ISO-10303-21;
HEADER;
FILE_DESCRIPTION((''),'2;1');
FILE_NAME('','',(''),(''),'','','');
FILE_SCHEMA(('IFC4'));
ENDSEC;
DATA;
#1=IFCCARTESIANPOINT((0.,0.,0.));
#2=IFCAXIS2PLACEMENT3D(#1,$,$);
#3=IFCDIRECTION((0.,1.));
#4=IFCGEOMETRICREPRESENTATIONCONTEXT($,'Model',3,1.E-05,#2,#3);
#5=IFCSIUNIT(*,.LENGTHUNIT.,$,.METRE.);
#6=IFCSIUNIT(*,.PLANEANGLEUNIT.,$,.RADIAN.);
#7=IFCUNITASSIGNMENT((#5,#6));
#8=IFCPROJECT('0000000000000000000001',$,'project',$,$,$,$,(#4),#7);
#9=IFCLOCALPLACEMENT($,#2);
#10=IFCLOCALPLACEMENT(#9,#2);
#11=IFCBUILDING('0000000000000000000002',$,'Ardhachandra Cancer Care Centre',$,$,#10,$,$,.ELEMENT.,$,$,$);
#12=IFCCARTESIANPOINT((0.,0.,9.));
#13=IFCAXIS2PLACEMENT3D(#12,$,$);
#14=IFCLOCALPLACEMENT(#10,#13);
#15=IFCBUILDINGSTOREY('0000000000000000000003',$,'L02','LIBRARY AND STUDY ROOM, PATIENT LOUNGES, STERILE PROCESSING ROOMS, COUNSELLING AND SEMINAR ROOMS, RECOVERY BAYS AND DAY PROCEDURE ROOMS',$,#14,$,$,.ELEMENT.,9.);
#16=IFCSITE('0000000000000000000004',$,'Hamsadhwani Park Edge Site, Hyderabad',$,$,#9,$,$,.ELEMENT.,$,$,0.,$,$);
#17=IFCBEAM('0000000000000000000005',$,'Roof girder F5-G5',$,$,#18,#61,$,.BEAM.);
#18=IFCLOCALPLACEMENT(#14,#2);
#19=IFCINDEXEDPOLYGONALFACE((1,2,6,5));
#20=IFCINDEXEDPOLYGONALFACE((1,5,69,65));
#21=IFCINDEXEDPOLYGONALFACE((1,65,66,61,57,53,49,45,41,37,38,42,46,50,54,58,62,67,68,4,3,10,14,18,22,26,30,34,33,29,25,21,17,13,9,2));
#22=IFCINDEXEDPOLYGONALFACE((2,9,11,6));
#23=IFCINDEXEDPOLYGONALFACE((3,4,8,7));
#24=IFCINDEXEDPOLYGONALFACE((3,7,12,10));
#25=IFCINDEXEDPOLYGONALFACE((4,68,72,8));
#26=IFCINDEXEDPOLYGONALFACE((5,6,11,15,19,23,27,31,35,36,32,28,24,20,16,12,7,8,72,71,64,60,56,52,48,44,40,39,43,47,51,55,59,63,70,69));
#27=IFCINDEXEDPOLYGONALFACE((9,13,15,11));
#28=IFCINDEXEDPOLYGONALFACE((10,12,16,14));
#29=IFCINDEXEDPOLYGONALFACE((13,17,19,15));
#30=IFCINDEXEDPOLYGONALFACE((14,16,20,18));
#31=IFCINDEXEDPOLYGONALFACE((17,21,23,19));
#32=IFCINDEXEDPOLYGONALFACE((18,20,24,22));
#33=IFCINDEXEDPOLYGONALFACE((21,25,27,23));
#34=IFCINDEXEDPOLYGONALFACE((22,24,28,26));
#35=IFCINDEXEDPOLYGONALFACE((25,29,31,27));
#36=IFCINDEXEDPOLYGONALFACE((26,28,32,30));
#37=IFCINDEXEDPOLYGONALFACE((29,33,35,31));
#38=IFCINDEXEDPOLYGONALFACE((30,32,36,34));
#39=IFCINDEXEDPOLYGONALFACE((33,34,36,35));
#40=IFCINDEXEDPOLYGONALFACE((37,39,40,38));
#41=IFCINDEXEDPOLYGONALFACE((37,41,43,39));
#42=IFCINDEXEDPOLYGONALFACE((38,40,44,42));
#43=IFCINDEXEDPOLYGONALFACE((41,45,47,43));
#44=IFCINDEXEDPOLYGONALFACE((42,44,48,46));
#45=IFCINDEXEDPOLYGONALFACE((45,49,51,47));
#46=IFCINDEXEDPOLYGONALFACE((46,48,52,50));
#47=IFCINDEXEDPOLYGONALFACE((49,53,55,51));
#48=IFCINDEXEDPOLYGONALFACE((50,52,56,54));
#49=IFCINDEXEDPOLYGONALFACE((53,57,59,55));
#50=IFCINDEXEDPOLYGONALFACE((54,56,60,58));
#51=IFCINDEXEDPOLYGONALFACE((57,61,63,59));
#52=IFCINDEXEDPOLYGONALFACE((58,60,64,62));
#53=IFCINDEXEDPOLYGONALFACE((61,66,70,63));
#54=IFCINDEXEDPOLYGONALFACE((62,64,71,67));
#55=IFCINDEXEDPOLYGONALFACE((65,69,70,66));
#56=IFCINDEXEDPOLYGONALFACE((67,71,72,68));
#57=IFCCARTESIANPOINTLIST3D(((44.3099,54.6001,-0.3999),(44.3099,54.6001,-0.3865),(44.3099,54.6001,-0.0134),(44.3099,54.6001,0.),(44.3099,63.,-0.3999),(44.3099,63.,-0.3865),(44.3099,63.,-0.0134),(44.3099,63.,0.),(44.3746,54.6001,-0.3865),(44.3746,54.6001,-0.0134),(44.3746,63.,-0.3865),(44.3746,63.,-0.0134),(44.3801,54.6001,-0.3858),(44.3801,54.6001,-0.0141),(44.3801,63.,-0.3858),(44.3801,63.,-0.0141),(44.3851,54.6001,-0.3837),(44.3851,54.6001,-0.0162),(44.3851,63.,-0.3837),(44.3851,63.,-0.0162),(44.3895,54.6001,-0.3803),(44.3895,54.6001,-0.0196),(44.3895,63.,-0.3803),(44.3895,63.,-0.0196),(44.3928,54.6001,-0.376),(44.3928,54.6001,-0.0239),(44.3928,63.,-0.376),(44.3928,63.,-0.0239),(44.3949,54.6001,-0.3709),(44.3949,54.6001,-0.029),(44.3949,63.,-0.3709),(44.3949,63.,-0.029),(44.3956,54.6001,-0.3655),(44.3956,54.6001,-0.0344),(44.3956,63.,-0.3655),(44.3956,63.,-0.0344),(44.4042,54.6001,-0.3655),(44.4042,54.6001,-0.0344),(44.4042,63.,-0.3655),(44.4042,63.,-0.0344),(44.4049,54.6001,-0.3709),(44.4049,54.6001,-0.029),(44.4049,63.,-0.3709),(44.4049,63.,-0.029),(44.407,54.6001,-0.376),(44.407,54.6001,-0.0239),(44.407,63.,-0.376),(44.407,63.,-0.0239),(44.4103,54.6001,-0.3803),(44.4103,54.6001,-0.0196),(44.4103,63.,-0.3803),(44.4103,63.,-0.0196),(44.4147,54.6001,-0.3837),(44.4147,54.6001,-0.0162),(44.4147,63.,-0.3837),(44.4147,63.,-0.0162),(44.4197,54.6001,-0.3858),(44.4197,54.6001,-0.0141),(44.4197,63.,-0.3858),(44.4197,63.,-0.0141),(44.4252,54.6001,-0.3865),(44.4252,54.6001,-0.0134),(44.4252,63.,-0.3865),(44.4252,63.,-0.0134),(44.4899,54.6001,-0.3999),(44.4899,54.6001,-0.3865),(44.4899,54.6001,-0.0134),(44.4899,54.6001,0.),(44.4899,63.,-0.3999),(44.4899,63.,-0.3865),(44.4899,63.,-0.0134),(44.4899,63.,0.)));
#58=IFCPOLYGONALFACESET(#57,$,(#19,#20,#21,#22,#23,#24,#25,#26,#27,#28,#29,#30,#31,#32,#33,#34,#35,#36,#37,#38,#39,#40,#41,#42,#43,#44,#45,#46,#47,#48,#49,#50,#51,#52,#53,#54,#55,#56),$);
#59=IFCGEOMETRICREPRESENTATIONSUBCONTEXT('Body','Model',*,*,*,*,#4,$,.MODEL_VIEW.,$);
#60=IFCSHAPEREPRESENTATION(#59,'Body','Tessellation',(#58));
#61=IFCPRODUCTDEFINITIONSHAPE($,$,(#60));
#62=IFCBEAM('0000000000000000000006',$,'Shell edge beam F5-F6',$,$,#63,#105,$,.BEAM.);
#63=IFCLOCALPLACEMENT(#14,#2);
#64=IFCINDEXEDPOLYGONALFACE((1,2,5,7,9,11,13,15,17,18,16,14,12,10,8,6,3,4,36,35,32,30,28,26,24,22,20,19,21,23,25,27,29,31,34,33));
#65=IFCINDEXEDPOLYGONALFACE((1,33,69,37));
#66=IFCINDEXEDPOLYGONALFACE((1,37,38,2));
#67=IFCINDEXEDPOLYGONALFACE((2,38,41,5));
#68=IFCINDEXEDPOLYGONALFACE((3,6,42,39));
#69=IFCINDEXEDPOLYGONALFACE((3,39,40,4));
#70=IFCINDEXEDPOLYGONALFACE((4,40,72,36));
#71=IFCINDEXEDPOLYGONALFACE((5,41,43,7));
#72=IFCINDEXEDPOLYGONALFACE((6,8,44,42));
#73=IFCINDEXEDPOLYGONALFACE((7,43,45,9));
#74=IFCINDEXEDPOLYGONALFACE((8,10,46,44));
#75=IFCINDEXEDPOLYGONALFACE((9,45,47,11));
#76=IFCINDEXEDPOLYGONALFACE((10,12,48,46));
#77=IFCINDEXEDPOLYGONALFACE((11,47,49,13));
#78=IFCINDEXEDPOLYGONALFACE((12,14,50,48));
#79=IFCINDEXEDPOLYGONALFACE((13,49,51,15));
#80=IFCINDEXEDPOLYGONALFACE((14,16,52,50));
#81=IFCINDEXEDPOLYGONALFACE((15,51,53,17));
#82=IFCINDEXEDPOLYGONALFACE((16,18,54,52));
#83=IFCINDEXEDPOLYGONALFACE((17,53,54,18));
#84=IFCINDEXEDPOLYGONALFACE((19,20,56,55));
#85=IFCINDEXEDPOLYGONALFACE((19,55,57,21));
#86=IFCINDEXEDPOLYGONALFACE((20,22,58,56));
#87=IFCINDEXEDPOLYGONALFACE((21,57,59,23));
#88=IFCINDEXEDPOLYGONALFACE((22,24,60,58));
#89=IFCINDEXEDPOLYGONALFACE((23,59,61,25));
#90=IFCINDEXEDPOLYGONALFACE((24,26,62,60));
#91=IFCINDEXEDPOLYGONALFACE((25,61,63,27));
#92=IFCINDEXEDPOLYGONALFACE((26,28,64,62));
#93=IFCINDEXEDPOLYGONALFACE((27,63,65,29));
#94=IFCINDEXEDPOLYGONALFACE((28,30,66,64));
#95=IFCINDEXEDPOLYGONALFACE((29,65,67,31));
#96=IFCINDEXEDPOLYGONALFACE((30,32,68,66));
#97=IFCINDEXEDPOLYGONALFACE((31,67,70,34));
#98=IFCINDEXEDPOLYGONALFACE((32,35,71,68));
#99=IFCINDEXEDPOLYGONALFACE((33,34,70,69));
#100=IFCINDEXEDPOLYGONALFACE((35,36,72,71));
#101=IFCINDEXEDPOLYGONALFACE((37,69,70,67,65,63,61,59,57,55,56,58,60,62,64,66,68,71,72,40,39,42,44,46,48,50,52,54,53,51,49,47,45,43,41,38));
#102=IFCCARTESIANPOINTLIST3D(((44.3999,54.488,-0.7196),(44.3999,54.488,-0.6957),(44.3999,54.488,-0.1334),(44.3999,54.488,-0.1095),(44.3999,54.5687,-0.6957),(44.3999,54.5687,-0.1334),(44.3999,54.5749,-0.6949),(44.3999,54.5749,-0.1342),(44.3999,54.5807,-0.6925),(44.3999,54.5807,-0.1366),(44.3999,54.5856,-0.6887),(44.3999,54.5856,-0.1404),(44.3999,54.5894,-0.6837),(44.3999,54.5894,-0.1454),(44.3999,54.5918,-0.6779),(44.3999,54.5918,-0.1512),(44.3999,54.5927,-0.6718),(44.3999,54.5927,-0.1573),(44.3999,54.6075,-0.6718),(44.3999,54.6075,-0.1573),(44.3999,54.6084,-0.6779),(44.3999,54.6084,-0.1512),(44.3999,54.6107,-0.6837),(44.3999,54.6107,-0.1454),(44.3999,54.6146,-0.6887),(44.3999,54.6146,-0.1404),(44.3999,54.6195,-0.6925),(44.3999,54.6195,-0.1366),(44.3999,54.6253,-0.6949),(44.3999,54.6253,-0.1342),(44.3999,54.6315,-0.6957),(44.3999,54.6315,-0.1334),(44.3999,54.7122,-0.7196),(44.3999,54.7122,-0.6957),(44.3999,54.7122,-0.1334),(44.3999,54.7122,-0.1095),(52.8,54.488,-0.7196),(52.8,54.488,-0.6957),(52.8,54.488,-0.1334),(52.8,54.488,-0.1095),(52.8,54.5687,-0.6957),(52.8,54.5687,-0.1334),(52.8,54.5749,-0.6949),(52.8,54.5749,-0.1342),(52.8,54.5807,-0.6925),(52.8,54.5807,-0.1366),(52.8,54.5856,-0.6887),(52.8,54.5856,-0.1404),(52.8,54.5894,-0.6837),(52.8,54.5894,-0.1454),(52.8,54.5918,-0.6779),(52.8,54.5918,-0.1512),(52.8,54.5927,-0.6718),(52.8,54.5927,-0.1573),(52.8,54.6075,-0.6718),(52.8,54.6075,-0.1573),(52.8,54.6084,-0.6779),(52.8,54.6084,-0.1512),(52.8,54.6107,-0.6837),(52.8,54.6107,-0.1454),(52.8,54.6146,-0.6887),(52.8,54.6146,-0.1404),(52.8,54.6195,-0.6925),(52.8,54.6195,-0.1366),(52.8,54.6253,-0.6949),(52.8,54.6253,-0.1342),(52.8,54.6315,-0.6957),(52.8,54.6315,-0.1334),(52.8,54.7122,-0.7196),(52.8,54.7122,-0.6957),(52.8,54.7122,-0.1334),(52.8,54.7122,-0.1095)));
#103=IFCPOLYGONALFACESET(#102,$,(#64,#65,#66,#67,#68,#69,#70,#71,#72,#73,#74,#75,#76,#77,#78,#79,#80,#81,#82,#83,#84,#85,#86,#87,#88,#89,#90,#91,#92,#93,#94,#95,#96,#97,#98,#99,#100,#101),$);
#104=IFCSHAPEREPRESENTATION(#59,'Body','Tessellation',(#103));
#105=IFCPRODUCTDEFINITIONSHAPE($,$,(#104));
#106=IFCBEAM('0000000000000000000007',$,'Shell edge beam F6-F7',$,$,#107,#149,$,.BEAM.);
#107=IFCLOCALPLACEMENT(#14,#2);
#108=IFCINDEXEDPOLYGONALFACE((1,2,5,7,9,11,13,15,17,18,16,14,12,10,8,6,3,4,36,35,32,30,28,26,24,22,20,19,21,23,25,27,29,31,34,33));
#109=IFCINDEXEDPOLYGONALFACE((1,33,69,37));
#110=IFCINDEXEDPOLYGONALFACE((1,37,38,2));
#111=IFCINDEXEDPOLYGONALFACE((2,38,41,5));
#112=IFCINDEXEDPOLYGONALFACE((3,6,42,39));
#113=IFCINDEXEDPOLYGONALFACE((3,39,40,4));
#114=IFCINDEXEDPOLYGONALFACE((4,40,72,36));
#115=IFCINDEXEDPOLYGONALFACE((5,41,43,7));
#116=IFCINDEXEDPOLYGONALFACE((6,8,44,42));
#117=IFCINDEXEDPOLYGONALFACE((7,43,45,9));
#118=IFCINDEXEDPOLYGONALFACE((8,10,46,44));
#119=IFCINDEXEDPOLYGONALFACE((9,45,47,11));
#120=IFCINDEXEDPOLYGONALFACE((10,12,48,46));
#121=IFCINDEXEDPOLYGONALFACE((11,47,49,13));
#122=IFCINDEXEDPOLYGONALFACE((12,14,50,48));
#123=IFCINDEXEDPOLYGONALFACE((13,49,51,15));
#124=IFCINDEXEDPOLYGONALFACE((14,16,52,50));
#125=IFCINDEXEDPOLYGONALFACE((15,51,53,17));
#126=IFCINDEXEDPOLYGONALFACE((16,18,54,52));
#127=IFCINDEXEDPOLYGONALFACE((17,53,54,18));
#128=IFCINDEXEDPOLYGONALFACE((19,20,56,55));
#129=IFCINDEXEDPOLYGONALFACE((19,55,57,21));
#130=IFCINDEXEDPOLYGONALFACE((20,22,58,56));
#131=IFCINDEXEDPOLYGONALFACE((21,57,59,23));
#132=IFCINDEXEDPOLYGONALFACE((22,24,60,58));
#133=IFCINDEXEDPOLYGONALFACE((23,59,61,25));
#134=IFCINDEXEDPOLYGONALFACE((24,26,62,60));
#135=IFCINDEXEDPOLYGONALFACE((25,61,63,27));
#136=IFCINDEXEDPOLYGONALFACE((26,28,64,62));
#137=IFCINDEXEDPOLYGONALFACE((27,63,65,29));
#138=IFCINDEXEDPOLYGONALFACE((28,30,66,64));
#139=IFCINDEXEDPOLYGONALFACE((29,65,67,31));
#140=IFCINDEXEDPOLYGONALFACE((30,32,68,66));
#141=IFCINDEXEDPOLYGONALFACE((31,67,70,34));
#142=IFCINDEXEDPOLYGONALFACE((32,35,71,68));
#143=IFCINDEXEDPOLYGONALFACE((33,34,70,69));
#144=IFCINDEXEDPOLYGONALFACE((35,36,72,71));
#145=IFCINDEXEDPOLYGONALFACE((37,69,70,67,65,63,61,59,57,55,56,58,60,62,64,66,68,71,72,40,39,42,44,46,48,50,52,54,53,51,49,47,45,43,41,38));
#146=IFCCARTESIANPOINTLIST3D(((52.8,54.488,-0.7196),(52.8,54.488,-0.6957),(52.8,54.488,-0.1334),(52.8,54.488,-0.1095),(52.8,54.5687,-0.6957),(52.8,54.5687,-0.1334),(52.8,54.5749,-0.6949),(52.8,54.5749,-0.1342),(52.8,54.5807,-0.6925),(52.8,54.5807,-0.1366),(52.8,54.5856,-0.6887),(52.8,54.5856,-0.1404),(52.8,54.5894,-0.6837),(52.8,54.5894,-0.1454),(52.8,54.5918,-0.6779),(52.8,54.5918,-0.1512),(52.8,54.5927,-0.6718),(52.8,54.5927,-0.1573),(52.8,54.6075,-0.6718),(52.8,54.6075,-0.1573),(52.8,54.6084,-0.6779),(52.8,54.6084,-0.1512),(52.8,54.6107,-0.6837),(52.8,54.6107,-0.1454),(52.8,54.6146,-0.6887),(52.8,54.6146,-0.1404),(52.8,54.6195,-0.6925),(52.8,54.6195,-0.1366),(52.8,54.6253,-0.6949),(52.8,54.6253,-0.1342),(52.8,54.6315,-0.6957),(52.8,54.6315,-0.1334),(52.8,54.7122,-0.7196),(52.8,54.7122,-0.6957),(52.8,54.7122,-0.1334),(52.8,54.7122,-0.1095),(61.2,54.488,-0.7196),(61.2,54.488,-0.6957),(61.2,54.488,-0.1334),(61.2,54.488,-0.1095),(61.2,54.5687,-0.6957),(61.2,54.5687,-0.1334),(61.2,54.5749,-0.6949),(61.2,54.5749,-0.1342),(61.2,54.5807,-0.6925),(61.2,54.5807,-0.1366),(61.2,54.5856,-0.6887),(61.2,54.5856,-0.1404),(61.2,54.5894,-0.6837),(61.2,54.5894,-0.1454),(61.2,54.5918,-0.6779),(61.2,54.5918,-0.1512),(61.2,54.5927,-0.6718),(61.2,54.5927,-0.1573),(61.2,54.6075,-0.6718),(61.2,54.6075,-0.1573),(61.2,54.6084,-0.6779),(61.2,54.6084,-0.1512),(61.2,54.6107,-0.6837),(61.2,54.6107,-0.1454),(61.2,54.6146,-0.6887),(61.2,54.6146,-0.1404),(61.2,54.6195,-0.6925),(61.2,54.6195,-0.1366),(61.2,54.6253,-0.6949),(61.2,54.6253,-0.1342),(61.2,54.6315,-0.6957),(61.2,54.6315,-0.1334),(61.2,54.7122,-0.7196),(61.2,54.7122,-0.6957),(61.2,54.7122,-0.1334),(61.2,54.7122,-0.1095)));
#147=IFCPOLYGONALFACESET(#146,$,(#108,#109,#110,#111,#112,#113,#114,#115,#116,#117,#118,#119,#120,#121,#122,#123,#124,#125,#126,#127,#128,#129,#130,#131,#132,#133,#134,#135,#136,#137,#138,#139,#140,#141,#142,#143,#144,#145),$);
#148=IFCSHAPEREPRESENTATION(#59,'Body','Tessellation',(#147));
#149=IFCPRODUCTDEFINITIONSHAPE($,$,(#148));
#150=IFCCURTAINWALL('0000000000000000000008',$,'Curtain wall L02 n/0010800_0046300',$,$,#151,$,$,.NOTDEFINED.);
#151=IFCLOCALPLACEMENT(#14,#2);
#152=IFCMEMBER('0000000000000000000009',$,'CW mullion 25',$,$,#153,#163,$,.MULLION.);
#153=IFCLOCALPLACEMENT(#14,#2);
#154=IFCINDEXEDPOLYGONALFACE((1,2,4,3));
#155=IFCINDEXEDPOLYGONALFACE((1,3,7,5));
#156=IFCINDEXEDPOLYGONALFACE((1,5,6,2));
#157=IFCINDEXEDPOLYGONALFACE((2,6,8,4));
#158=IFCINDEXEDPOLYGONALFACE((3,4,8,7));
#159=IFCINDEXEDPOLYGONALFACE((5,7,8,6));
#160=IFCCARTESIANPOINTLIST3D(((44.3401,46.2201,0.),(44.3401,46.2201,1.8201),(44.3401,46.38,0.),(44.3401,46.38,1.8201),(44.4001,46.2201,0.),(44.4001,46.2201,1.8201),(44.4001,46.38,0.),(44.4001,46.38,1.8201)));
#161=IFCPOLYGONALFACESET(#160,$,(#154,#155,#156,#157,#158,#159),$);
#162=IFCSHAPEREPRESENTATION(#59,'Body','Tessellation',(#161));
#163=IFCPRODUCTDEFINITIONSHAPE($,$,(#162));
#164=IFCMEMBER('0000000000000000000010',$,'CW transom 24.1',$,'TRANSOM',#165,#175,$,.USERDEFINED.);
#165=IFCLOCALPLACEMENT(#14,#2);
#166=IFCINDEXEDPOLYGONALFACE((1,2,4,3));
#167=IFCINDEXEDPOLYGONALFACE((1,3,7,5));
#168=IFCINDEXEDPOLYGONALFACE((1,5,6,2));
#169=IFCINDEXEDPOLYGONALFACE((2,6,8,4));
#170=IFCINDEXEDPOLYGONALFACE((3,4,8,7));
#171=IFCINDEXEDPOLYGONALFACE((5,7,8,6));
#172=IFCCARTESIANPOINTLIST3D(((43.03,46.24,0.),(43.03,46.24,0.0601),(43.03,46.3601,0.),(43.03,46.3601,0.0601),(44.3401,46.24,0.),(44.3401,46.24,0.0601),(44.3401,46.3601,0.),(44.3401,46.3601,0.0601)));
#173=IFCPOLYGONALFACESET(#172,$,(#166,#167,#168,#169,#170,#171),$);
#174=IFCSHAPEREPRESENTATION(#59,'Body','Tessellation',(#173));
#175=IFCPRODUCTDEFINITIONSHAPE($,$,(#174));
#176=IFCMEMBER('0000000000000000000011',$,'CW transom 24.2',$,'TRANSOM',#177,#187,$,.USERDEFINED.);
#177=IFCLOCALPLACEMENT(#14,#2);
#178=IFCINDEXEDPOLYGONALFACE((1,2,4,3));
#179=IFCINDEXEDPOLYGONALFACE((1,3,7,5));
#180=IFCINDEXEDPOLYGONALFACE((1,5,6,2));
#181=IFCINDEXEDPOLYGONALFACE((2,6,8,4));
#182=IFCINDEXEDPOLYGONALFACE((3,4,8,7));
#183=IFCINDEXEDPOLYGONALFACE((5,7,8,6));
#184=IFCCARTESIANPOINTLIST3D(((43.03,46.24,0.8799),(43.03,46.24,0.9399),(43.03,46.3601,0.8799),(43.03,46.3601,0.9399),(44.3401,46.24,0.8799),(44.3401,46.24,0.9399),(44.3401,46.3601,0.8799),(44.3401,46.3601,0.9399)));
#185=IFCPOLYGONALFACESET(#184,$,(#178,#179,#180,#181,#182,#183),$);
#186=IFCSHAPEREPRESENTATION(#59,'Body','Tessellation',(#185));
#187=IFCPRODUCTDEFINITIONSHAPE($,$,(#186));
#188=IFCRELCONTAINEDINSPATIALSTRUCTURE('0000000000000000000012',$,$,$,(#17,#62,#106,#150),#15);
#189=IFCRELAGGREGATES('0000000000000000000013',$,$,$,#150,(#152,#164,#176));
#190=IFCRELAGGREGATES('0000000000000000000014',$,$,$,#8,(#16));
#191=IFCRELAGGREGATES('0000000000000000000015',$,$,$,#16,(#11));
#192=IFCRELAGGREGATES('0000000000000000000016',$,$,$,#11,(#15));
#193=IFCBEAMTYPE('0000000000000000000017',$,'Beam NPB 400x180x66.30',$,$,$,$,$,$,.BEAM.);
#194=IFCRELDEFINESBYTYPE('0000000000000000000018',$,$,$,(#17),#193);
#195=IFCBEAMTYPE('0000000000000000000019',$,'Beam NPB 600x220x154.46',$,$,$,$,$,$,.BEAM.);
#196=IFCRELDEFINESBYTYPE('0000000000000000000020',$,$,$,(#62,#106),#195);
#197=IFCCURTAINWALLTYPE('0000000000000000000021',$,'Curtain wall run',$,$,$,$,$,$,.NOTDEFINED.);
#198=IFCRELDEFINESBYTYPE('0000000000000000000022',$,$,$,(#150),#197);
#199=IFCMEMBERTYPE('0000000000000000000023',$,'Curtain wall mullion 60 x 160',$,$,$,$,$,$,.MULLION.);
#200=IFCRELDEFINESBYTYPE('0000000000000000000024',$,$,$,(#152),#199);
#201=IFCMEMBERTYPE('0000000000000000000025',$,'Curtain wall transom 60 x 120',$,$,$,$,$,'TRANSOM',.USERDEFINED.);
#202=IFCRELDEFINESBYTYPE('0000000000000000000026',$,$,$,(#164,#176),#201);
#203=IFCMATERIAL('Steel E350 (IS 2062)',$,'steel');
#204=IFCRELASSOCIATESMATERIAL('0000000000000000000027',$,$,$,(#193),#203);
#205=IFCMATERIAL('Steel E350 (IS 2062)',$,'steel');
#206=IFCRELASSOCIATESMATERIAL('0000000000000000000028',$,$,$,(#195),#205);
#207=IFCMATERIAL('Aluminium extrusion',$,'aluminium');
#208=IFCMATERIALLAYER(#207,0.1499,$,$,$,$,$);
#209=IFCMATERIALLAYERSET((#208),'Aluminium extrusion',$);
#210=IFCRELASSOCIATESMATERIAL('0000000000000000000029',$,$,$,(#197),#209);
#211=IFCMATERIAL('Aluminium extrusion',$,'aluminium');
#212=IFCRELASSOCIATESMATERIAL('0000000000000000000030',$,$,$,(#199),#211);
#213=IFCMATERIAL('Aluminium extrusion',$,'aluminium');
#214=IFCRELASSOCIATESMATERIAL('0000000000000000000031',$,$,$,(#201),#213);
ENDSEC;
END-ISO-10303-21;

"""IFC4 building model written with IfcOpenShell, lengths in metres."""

from ifc_helpers import new_model, si_unit, direction, frame, origin, origin_2d, place, context, subcontext, project, spatial, rectangle, i_section, extrude, material, layer, layer_set, material_profile, profile_set, type_object, element, aggregate, save


model = new_model("IFC4")

# Units and contexts
model_context = context("Model", 3, precision=1e-05, world=origin(), true_north=direction((0.0, 1.0)))
body_context = subcontext(model_context, "Body", "Model", "MODEL_VIEW")
ifc_project = project(units=[si_unit("LENGTHUNIT", "METRE"), si_unit("PLANEANGLEUNIT", "RADIAN")], contexts=[model_context])

# Site, building, storey
site_placement = place(None, origin())
site = spatial("IfcSite", under=ifc_project, at=site_placement, Name="Hamsadhwani Park Edge Site, Hyderabad", CompositionType="ELEMENT", RefElevation=0.0)
building_placement = place(site_placement, origin())
building = spatial("IfcBuilding", under=site, at=building_placement, Name="Ardhachandra Cancer Care Centre", CompositionType="ELEMENT")
storey_placement = place(building_placement, frame((0.0, 0.0, 9.0)))
storey = spatial("IfcBuildingStorey", under=building, at=storey_placement, Name="L02", Description="LIBRARY AND STUDY ROOM, PATIENT LOUNGES, STERILE PROCESSING ROOMS, COUNSELLING AND SEMINAR ROOMS, RECOVERY BAYS AND DAY PROCEDURE ROOMS", CompositionType="ELEMENT", Elevation=9.0)

# Beams
ifc_material_1 = material(Name="Steel E350 (IS 2062)", Category="steel")
ifc_material_profile_1 = material_profile(ifc_material_1, i_section(OverallWidth=0.1799, OverallDepth=0.3999, WebThickness=0.0085, FlangeThickness=0.0134, FilletRadius=0.021, at=origin_2d()), Name="NPB 400x180x66.30")
ifc_profile_set_1 = profile_set([ifc_material_profile_1], Name="Steel E350 (IS 2062)")
beam_type_1 = type_object("IfcBeamType", Name="Beam NPB 400x180x66.30", PredefinedType="BEAM", material=ifc_profile_set_1)
beam_1_placement = place(storey_placement, frame((44.3999, 54.6001, -0.2), z_axis=(0.0, 1.0, 0.0), x_axis=(-1.0, 0.0, 0.0)))
element("IfcBeam", 1, at=beam_1_placement, inside=storey, type_object=beam_type_1, Name="Roof girder F5-G5", PredefinedType="BEAM", context=body_context, shape_type="SweptSolid", body=[
    extrude(i_section(OverallWidth=0.1799, OverallDepth=0.3999, WebThickness=0.0085, FlangeThickness=0.0134, FilletRadius=0.021, at=origin_2d()), origin(), (0.0, 0.0, 1.0), 8.3999),
])
ifc_material_2 = material(Name="Steel E350 (IS 2062)", Category="steel")
ifc_material_profile_2 = material_profile(ifc_material_2, i_section(OverallWidth=0.2241, OverallDepth=0.6101, WebThickness=0.0149, FlangeThickness=0.0239, FilletRadius=0.0239, at=origin_2d()), Name="NPB 600x220x154.46")
ifc_profile_set_2 = profile_set([ifc_material_profile_2], Name="Steel E350 (IS 2062)")
beam_type_2 = type_object("IfcBeamType", Name="Beam NPB 600x220x154.46", PredefinedType="BEAM", material=ifc_profile_set_2)
beam_2_placement = place(storey_placement, frame((44.3999, 54.6001, -0.4146), z_axis=(1.0, 0.0, 0.0), x_axis=(0.0, 1.0, 0.0)))
element("IfcBeam", 2, at=beam_2_placement, inside=storey, type_object=beam_type_2, Name="Shell edge beam F5-F6", PredefinedType="BEAM", context=body_context, shape_type="SweptSolid", body=[
    extrude(i_section(OverallWidth=0.2241, OverallDepth=0.6101, WebThickness=0.0149, FlangeThickness=0.0239, FilletRadius=0.0239, at=origin_2d()), origin(), (0.0, 0.0, 1.0), 8.4001),
])
beam_3_placement = place(storey_placement, frame((52.8, 54.6001, -0.4146), z_axis=(1.0, 0.0, 0.0), x_axis=(0.0, 1.0, 0.0)))
element("IfcBeam", 3, at=beam_3_placement, inside=storey, type_object=beam_type_2, Name="Shell edge beam F6-F7", PredefinedType="BEAM", context=body_context, shape_type="SweptSolid", body=[
    extrude(i_section(OverallWidth=0.2241, OverallDepth=0.6101, WebThickness=0.0149, FlangeThickness=0.0239, FilletRadius=0.0239, at=origin_2d()), origin(), (0.0, 0.0, 1.0), 8.3999),
])

# Curtain wall, members
ifc_material_3 = material(Name="Aluminium extrusion", Category="aluminium")
ifc_layer_1 = layer(ifc_material_3, 0.1499)
ifc_layer_set_1 = layer_set([ifc_layer_1], Name="Aluminium extrusion")
curtain_wall_type = type_object("IfcCurtainWallType", Name="Curtain wall run", PredefinedType="NOTDEFINED", material=ifc_layer_set_1)
curtain_wall_placement = place(storey_placement, origin())
curtain_wall = element("IfcCurtainWall", 4, at=curtain_wall_placement, inside=storey, type_object=curtain_wall_type, Name="Curtain wall L02 n/0010800_0046300", PredefinedType="NOTDEFINED")
ifc_material_4 = material(Name="Aluminium extrusion", Category="aluminium")
ifc_material_profile_3 = material_profile(ifc_material_4, rectangle(XDim=0.1599, YDim=0.0601, at=origin_2d()), Name="Curtain wall mullion 60 x 160")
ifc_profile_set_3 = profile_set([ifc_material_profile_3], Name="Aluminium extrusion")
member_type_1 = type_object("IfcMemberType", Name="Curtain wall mullion 60 x 160", PredefinedType="MULLION", material=ifc_profile_set_3)
member_1_placement = place(storey_placement, frame((44.3701, 46.3, 0.0), z_axis=(0.0, 0.0, 1.0), x_axis=(0.0, 1.0, 0.0)))
member_1 = element("IfcMember", 5, at=member_1_placement, type_object=member_type_1, Name="CW mullion 25", PredefinedType="MULLION", context=body_context, shape_type="SweptSolid", body=[
    extrude(rectangle(XDim=0.1599, YDim=0.0601, at=origin_2d()), origin(), (0.0, 0.0, 1.0), 1.8201),
])
ifc_material_5 = material(Name="Aluminium extrusion", Category="aluminium")
ifc_material_profile_4 = material_profile(ifc_material_5, rectangle(XDim=0.1201, YDim=0.0601, at=origin_2d()), Name="Curtain wall transom 60 x 120")
ifc_profile_set_4 = profile_set([ifc_material_profile_4], Name="Aluminium extrusion")
member_type_2 = type_object("IfcMemberType", Name="Curtain wall transom 60 x 120", ElementType="TRANSOM", PredefinedType="USERDEFINED", material=ifc_profile_set_4)
member_2_placement = place(storey_placement, frame((43.03, 46.3, 0.03), z_axis=(1.0, 0.0, 0.0), x_axis=(0.0, 1.0, 0.0)))
member_2 = element("IfcMember", 6, at=member_2_placement, type_object=member_type_2, Name="CW transom 24.1", ObjectType="TRANSOM", PredefinedType="USERDEFINED", context=body_context, shape_type="SweptSolid", body=[
    extrude(rectangle(XDim=0.1201, YDim=0.0601, at=origin_2d()), origin(), (0.0, 0.0, 1.0), 1.3101),
])
member_3_placement = place(storey_placement, frame((43.03, 46.3, 0.9099), z_axis=(1.0, 0.0, 0.0), x_axis=(0.0, 1.0, 0.0)))
member_3 = element("IfcMember", 7, at=member_3_placement, type_object=member_type_2, Name="CW transom 24.2", ObjectType="TRANSOM", PredefinedType="USERDEFINED", context=body_context, shape_type="SweptSolid", body=[
    extrude(rectangle(XDim=0.1201, YDim=0.0601, at=origin_2d()), origin(), (0.0, 0.0, 1.0), 1.3101),
])

aggregate(curtain_wall, [member_1, member_2, member_3])

save(model, "model.ifc")
